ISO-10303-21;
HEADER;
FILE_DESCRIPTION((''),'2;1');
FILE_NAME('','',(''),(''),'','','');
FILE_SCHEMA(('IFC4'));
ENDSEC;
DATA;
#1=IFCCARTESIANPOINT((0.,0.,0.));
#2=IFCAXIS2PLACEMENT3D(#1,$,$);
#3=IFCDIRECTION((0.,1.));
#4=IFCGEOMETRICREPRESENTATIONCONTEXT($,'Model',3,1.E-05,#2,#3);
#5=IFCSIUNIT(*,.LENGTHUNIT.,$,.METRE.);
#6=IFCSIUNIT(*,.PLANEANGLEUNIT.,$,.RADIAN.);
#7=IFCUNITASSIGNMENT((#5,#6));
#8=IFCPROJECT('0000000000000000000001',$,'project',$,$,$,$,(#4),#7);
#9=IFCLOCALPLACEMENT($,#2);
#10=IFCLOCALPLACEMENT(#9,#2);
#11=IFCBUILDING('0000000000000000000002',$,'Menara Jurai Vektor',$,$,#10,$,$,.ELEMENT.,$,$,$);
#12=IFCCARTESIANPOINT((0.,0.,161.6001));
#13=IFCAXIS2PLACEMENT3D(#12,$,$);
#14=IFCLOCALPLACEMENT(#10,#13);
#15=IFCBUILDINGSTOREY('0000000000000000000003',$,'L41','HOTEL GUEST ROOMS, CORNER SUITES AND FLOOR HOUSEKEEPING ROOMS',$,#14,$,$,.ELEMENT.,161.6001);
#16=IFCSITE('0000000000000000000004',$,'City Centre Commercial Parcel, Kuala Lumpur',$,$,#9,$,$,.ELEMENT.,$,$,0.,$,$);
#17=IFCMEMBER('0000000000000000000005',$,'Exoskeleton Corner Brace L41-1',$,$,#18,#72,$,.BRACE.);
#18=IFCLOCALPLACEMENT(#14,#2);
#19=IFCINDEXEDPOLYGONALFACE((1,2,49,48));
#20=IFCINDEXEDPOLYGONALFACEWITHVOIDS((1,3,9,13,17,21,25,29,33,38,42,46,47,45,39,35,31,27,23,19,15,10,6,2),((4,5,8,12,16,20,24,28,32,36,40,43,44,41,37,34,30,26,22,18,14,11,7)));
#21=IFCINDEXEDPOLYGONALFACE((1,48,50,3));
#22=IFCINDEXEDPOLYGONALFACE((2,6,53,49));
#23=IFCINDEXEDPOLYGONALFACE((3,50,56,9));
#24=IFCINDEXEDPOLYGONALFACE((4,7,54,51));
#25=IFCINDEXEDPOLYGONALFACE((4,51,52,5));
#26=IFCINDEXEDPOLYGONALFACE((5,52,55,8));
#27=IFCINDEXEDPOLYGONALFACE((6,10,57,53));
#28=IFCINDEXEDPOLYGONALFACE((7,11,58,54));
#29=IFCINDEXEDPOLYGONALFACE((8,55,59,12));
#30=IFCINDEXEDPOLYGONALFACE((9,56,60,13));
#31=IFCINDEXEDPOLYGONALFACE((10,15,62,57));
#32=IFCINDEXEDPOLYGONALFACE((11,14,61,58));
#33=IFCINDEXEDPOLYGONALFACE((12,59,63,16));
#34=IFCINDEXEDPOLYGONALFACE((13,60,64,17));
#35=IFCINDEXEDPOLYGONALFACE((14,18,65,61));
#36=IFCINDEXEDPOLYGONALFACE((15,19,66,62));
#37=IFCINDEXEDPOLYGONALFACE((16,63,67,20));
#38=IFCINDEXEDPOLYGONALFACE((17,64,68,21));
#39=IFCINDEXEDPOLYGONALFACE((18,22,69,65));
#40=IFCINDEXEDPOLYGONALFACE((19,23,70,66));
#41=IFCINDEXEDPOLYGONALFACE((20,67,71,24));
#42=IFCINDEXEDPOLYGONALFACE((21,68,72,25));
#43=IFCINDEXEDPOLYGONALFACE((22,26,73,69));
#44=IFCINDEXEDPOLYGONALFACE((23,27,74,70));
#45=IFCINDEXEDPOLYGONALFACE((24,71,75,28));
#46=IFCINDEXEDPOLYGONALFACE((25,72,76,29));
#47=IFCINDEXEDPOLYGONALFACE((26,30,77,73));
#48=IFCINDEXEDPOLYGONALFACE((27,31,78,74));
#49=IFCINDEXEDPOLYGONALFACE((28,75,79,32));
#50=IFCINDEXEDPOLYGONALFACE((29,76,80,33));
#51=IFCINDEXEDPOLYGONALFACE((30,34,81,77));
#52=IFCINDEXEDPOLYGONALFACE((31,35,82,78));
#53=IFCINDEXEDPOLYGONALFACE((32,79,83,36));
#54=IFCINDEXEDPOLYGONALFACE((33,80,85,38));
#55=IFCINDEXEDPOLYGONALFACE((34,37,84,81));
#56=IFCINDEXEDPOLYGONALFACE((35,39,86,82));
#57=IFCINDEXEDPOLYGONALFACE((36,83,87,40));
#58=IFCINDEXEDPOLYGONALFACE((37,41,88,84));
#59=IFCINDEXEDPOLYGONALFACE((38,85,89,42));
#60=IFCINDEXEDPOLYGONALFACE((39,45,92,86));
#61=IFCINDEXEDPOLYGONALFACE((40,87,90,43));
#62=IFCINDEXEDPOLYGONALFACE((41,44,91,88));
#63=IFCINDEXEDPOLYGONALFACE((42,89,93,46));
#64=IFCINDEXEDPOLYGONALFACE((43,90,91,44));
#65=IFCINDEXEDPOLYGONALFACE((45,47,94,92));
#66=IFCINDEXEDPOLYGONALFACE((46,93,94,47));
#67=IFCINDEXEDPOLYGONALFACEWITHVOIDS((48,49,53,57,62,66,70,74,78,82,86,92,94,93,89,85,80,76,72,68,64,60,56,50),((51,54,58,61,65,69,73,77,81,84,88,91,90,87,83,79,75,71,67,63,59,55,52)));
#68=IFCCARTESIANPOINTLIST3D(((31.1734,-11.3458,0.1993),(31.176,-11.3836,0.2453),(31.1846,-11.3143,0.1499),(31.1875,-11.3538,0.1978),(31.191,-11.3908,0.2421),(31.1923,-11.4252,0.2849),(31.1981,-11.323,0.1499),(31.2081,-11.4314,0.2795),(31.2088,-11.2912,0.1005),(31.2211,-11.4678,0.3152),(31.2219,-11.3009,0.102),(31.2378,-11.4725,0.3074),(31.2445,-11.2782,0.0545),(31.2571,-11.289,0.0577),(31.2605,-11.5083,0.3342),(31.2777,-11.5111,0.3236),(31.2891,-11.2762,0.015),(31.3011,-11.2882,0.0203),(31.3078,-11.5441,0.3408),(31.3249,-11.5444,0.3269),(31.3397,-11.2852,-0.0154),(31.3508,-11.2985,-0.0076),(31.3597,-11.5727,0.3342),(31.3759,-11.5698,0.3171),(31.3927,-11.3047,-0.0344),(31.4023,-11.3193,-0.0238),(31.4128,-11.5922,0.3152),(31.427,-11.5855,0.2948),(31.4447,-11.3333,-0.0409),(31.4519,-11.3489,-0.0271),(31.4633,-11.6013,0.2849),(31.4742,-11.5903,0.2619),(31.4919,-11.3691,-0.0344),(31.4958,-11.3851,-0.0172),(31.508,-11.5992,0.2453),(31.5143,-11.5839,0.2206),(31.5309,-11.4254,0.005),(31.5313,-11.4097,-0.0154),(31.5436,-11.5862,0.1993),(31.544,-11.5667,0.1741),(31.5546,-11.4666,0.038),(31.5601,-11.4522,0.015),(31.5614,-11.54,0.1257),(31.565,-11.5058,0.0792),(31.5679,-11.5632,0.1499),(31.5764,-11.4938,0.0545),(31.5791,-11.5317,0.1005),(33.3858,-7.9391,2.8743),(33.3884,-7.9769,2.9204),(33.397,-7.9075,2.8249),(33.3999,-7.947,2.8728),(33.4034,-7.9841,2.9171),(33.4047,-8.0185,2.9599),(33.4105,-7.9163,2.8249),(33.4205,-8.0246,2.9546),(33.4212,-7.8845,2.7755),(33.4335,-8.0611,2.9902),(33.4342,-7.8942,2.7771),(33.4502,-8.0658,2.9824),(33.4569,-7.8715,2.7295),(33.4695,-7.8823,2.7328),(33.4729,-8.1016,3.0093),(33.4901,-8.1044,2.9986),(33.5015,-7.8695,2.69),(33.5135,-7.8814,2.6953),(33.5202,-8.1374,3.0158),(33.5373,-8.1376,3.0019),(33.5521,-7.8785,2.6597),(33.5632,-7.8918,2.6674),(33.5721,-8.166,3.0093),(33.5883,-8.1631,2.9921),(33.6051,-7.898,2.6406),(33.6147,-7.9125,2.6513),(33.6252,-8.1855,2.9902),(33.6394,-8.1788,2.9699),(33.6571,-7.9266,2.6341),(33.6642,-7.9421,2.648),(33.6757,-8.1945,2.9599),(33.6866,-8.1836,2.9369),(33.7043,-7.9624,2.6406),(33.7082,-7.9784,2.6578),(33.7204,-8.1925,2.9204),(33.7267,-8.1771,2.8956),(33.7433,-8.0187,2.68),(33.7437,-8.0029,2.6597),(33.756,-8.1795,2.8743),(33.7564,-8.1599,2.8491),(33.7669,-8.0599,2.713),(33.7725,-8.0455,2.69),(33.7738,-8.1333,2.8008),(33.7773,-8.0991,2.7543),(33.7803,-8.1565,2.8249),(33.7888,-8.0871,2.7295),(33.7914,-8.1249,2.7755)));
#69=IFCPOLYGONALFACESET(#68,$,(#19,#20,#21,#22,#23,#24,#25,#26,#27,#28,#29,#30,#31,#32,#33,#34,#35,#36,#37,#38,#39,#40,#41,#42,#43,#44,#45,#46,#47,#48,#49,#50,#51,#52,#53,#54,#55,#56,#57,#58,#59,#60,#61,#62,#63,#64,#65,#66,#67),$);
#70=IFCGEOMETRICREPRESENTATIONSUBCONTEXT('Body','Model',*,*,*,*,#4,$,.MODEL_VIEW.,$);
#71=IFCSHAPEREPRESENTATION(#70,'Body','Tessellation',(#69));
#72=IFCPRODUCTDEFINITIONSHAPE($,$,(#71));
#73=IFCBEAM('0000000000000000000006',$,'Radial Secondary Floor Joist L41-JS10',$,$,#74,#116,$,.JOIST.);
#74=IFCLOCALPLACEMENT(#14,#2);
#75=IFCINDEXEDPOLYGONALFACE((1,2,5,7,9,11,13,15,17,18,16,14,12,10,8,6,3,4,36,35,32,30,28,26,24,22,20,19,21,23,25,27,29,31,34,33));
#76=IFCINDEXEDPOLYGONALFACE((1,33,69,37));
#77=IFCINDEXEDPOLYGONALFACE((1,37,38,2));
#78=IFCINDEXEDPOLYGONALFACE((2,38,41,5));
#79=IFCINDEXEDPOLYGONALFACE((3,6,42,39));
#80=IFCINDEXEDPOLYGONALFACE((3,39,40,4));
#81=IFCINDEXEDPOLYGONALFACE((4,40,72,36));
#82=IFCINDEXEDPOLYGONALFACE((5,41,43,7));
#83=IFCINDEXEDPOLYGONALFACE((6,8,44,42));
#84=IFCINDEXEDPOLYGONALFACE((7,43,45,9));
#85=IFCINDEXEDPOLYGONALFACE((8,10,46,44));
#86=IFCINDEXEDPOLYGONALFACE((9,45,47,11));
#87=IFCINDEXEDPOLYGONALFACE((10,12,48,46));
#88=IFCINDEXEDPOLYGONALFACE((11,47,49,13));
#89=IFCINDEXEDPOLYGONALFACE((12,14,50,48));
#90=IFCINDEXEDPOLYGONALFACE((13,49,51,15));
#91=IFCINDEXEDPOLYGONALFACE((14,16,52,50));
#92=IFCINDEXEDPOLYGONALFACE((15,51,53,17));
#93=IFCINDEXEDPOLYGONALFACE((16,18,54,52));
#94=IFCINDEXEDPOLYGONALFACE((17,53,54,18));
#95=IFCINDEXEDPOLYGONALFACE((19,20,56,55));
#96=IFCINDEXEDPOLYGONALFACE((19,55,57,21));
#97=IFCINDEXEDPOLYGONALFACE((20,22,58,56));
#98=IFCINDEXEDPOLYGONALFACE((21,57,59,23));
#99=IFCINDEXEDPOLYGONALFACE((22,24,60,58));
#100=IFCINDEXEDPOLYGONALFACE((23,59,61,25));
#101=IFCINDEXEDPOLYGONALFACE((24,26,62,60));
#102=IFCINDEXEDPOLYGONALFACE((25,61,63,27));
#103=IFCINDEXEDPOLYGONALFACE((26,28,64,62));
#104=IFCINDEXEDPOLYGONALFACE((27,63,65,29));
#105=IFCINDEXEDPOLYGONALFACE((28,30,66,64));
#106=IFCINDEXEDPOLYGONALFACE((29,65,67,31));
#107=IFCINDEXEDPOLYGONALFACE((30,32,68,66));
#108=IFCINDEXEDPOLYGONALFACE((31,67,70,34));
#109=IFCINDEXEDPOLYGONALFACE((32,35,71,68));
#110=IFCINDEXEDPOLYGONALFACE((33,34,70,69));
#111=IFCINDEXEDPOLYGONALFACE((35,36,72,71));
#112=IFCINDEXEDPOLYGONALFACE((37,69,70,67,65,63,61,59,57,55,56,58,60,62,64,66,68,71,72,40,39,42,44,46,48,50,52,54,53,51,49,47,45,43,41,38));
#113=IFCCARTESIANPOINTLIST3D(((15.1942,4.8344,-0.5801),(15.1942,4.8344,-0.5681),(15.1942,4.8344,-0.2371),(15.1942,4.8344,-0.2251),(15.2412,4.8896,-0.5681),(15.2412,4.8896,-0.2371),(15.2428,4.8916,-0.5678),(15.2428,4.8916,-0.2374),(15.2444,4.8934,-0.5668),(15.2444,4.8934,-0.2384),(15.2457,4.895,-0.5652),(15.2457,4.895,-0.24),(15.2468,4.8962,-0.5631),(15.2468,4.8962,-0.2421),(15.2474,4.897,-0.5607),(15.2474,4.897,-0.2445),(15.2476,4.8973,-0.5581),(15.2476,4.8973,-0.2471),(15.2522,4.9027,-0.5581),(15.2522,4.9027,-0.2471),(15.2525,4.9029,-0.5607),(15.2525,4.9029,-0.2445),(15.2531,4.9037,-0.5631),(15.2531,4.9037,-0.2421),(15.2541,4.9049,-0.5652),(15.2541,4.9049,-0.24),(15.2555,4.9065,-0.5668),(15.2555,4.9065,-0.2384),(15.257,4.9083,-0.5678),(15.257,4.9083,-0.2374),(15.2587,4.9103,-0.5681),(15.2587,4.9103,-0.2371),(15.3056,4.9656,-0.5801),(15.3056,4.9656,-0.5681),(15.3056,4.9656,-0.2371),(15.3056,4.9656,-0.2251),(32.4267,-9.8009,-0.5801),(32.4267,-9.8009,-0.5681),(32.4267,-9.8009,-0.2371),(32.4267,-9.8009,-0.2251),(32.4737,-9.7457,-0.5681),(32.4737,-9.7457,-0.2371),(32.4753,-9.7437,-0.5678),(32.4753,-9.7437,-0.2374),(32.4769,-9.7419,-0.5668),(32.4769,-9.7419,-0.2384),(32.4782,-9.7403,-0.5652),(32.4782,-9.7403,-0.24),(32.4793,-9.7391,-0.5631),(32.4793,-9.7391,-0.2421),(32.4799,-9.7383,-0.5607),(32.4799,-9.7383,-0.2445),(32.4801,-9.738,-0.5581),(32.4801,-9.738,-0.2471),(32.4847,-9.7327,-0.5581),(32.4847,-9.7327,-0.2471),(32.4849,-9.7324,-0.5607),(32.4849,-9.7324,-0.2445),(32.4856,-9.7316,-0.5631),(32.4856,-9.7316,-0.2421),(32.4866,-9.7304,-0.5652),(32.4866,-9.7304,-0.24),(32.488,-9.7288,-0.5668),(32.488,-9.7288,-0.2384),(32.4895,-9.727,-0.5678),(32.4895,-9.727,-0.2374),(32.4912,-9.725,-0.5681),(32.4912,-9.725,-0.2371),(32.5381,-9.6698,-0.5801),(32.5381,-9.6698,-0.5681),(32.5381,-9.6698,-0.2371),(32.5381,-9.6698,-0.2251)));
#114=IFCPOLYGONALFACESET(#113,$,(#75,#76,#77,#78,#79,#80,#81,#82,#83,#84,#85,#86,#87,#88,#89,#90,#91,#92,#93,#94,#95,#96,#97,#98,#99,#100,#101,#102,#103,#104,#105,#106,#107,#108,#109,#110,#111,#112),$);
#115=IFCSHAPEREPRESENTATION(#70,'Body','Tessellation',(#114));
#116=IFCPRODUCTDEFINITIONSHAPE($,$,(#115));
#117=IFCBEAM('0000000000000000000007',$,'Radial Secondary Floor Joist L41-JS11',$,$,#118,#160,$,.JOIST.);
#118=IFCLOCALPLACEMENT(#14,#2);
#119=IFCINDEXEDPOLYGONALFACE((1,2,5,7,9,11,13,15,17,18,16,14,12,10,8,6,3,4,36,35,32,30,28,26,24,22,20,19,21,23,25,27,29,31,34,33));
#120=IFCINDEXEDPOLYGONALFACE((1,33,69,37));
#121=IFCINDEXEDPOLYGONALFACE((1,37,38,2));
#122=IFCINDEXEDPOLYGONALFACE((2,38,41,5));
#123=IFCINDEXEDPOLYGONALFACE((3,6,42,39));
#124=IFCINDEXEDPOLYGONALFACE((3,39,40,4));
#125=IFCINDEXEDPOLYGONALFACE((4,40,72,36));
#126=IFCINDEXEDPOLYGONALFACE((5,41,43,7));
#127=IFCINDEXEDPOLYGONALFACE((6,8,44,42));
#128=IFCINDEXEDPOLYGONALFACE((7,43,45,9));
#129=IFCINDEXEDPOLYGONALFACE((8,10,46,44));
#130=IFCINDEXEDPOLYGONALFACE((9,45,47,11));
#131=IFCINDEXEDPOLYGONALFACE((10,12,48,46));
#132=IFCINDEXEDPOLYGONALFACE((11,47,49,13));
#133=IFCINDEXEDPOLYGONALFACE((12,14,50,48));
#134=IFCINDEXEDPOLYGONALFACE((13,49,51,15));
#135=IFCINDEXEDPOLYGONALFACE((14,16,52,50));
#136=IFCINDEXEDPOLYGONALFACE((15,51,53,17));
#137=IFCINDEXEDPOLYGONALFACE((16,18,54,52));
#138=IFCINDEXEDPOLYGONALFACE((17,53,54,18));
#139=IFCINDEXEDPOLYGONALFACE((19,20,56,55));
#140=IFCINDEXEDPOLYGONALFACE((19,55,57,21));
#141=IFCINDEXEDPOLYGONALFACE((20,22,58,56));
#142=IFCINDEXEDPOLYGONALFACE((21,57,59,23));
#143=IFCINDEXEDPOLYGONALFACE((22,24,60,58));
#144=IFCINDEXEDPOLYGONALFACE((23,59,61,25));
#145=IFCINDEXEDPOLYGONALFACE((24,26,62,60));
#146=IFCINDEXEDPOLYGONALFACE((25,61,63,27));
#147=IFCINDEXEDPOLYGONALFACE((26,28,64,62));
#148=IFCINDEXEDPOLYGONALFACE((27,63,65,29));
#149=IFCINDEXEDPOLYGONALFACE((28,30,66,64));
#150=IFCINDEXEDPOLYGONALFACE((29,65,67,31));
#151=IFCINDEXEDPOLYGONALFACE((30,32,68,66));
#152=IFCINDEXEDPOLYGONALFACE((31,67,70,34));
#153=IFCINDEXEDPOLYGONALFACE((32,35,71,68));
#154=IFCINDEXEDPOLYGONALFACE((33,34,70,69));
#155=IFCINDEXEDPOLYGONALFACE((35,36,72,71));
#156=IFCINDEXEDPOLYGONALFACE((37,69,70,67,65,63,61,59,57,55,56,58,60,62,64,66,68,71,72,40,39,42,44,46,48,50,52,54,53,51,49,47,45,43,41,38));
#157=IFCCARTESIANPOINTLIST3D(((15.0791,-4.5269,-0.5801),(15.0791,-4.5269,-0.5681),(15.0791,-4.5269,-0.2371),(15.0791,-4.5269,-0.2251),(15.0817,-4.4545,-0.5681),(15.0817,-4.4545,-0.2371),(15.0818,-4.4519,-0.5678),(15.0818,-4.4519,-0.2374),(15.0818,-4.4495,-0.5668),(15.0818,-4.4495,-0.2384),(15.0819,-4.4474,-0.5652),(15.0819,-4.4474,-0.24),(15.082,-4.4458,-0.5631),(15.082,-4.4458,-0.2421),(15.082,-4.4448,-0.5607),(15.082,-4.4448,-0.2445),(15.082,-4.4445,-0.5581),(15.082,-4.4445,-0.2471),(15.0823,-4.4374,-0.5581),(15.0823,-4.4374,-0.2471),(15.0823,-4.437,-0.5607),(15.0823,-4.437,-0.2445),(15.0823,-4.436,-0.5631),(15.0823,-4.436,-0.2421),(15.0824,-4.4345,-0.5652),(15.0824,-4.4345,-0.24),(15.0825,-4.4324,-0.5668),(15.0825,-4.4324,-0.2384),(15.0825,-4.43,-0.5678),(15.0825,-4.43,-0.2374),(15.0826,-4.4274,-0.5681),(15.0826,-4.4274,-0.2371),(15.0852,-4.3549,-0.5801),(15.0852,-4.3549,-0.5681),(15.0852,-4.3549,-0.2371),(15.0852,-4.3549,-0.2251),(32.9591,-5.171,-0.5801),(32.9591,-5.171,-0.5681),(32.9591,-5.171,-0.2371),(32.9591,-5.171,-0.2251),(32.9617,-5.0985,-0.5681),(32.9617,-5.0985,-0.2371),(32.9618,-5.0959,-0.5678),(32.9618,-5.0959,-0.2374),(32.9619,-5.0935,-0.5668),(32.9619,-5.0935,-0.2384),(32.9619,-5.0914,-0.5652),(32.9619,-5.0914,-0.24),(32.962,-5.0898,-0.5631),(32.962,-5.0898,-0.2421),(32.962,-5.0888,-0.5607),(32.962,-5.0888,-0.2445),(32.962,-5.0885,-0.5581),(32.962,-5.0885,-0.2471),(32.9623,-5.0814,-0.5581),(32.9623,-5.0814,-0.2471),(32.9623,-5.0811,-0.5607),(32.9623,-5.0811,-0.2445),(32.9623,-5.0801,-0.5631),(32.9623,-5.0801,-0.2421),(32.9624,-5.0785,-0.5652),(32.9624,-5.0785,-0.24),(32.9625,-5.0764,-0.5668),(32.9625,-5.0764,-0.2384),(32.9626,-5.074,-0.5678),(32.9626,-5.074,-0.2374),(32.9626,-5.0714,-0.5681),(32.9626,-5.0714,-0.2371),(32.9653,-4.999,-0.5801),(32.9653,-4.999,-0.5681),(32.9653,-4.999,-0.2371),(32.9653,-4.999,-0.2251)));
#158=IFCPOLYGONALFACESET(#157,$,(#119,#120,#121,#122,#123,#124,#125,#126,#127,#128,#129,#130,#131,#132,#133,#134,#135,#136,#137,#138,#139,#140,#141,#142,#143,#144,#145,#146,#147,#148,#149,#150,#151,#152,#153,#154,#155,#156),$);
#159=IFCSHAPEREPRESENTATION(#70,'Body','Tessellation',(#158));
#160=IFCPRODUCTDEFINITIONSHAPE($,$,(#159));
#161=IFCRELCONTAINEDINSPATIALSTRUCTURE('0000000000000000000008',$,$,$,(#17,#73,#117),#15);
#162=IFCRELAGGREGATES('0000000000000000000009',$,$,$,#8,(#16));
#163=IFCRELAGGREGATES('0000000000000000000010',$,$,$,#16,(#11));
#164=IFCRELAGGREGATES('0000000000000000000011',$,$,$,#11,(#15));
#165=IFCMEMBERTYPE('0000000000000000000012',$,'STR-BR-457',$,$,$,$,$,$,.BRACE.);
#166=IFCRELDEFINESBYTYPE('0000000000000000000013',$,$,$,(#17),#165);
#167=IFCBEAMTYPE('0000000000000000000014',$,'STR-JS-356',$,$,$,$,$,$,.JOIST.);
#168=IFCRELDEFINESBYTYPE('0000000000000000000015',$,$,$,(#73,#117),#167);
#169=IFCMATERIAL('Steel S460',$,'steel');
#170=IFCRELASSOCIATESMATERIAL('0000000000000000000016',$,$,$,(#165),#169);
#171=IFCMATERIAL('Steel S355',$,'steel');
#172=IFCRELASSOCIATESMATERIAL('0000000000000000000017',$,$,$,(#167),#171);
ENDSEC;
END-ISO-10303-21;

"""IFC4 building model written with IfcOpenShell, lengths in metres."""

from ifc_helpers import new_model, si_unit, direction, frame, origin, origin_2d, place, context, subcontext, project, spatial, hollow_circle, i_section, extrude, material, material_profile, profile_set, type_object, element, save


model = new_model("IFC4")

# Units and contexts
model_context = context("Model", 3, precision=1e-05, world=origin(), true_north=direction((0.0, 1.0)))
body_context = subcontext(model_context, "Body", "Model", "MODEL_VIEW")
ifc_project = project(units=[si_unit("LENGTHUNIT", "METRE"), si_unit("PLANEANGLEUNIT", "RADIAN")], contexts=[model_context])

# Site, building, storey
site_placement = place(None, origin())
site = spatial("IfcSite", under=ifc_project, at=site_placement, Name="City Centre Commercial Parcel, Kuala Lumpur", CompositionType="ELEMENT", RefElevation=0.0)
building_placement = place(site_placement, origin())
building = spatial("IfcBuilding", under=site, at=building_placement, Name="Menara Jurai Vektor", CompositionType="ELEMENT")
storey_placement = place(building_placement, frame((0.0, 0.0, 161.6001)))
storey = spatial("IfcBuildingStorey", under=building, at=storey_placement, Name="L41", Description="HOTEL GUEST ROOMS, CORNER SUITES AND FLOOR HOUSEKEEPING ROOMS", CompositionType="ELEMENT", Elevation=161.6001)

# Shared definitions
ifc_material_1 = material(Name="Steel S460", Category="steel")

# Shared definitions
ifc_material_2 = material(Name="Steel S355", Category="steel")

# Member
ifc_material_profile_1 = material_profile(ifc_material_1, hollow_circle(Radius=0.2285, WallThickness=0.0161, at=origin_2d()), Name="CHS 457x16")
ifc_profile_set_1 = profile_set([ifc_material_profile_1], Name="Steel S460")
member_type_1 = type_object("IfcMemberType", Name="STR-BR-457", PredefinedType="BRACE", material=ifc_profile_set_1)
member_1_placement = place(storey_placement, frame((31.3762, -11.4387, 0.1499), z_axis=(0.454872, 0.700428, 0.549992), x_axis=(-0.838666, 0.544646, 0.0)))
element("IfcMember", 1, at=member_1_placement, inside=storey, type_object=member_type_1, Name="Exoskeleton Corner Brace L41-1", PredefinedType="BRACE", context=body_context, shape_type="SweptSolid", body=[
    extrude(hollow_circle(Radius=0.2285, WallThickness=0.0161, at=origin_2d()), origin(), (0.0, 0.0, 1.0), 4.8638),
])

# Beams
ifc_material_profile_2 = material_profile(ifc_material_2, i_section(OverallWidth=0.1721, OverallDepth=0.355, WebThickness=0.0071, FlangeThickness=0.012, FilletRadius=0.01, at=origin_2d()), Name="UKB 356x171x51")
ifc_profile_set_2 = profile_set([ifc_material_profile_2], Name="Steel S355")
beam_type_1 = type_object("IfcBeamType", Name="STR-JS-356", PredefinedType="JOIST", material=ifc_profile_set_2)
beam_1_placement = place(storey_placement, frame((32.4824, -9.7354, -0.4026), z_axis=(-0.762208, 0.647332, 0.0), x_axis=(-0.647332, -0.762208, 0.0)))
element("IfcBeam", 2, at=beam_1_placement, inside=storey, type_object=beam_type_1, Name="Radial Secondary Floor Joist L41-JS10", PredefinedType="JOIST", context=body_context, shape_type="SweptSolid", body=[
    extrude(i_section(OverallWidth=0.1721, OverallDepth=0.355, WebThickness=0.0071, FlangeThickness=0.012, FilletRadius=0.01, at=origin_2d()), origin(), (0.0, 0.0, 1.0), 22.6086),
])
beam_2_placement = place(storey_placement, frame((32.9622, -5.085, -0.4026), z_axis=(-0.999352, 0.035997, 0.0), x_axis=(-0.035997, -0.999352, 0.0)))
element("IfcBeam", 3, at=beam_2_placement, inside=storey, type_object=beam_type_1, Name="Radial Secondary Floor Joist L41-JS11", PredefinedType="JOIST", context=body_context, shape_type="SweptSolid", body=[
    extrude(i_section(OverallWidth=0.1721, OverallDepth=0.355, WebThickness=0.0071, FlangeThickness=0.012, FilletRadius=0.01, at=origin_2d()), origin(), (0.0, 0.0, 1.0), 17.8916),
])

save(model, "model.ifc")
